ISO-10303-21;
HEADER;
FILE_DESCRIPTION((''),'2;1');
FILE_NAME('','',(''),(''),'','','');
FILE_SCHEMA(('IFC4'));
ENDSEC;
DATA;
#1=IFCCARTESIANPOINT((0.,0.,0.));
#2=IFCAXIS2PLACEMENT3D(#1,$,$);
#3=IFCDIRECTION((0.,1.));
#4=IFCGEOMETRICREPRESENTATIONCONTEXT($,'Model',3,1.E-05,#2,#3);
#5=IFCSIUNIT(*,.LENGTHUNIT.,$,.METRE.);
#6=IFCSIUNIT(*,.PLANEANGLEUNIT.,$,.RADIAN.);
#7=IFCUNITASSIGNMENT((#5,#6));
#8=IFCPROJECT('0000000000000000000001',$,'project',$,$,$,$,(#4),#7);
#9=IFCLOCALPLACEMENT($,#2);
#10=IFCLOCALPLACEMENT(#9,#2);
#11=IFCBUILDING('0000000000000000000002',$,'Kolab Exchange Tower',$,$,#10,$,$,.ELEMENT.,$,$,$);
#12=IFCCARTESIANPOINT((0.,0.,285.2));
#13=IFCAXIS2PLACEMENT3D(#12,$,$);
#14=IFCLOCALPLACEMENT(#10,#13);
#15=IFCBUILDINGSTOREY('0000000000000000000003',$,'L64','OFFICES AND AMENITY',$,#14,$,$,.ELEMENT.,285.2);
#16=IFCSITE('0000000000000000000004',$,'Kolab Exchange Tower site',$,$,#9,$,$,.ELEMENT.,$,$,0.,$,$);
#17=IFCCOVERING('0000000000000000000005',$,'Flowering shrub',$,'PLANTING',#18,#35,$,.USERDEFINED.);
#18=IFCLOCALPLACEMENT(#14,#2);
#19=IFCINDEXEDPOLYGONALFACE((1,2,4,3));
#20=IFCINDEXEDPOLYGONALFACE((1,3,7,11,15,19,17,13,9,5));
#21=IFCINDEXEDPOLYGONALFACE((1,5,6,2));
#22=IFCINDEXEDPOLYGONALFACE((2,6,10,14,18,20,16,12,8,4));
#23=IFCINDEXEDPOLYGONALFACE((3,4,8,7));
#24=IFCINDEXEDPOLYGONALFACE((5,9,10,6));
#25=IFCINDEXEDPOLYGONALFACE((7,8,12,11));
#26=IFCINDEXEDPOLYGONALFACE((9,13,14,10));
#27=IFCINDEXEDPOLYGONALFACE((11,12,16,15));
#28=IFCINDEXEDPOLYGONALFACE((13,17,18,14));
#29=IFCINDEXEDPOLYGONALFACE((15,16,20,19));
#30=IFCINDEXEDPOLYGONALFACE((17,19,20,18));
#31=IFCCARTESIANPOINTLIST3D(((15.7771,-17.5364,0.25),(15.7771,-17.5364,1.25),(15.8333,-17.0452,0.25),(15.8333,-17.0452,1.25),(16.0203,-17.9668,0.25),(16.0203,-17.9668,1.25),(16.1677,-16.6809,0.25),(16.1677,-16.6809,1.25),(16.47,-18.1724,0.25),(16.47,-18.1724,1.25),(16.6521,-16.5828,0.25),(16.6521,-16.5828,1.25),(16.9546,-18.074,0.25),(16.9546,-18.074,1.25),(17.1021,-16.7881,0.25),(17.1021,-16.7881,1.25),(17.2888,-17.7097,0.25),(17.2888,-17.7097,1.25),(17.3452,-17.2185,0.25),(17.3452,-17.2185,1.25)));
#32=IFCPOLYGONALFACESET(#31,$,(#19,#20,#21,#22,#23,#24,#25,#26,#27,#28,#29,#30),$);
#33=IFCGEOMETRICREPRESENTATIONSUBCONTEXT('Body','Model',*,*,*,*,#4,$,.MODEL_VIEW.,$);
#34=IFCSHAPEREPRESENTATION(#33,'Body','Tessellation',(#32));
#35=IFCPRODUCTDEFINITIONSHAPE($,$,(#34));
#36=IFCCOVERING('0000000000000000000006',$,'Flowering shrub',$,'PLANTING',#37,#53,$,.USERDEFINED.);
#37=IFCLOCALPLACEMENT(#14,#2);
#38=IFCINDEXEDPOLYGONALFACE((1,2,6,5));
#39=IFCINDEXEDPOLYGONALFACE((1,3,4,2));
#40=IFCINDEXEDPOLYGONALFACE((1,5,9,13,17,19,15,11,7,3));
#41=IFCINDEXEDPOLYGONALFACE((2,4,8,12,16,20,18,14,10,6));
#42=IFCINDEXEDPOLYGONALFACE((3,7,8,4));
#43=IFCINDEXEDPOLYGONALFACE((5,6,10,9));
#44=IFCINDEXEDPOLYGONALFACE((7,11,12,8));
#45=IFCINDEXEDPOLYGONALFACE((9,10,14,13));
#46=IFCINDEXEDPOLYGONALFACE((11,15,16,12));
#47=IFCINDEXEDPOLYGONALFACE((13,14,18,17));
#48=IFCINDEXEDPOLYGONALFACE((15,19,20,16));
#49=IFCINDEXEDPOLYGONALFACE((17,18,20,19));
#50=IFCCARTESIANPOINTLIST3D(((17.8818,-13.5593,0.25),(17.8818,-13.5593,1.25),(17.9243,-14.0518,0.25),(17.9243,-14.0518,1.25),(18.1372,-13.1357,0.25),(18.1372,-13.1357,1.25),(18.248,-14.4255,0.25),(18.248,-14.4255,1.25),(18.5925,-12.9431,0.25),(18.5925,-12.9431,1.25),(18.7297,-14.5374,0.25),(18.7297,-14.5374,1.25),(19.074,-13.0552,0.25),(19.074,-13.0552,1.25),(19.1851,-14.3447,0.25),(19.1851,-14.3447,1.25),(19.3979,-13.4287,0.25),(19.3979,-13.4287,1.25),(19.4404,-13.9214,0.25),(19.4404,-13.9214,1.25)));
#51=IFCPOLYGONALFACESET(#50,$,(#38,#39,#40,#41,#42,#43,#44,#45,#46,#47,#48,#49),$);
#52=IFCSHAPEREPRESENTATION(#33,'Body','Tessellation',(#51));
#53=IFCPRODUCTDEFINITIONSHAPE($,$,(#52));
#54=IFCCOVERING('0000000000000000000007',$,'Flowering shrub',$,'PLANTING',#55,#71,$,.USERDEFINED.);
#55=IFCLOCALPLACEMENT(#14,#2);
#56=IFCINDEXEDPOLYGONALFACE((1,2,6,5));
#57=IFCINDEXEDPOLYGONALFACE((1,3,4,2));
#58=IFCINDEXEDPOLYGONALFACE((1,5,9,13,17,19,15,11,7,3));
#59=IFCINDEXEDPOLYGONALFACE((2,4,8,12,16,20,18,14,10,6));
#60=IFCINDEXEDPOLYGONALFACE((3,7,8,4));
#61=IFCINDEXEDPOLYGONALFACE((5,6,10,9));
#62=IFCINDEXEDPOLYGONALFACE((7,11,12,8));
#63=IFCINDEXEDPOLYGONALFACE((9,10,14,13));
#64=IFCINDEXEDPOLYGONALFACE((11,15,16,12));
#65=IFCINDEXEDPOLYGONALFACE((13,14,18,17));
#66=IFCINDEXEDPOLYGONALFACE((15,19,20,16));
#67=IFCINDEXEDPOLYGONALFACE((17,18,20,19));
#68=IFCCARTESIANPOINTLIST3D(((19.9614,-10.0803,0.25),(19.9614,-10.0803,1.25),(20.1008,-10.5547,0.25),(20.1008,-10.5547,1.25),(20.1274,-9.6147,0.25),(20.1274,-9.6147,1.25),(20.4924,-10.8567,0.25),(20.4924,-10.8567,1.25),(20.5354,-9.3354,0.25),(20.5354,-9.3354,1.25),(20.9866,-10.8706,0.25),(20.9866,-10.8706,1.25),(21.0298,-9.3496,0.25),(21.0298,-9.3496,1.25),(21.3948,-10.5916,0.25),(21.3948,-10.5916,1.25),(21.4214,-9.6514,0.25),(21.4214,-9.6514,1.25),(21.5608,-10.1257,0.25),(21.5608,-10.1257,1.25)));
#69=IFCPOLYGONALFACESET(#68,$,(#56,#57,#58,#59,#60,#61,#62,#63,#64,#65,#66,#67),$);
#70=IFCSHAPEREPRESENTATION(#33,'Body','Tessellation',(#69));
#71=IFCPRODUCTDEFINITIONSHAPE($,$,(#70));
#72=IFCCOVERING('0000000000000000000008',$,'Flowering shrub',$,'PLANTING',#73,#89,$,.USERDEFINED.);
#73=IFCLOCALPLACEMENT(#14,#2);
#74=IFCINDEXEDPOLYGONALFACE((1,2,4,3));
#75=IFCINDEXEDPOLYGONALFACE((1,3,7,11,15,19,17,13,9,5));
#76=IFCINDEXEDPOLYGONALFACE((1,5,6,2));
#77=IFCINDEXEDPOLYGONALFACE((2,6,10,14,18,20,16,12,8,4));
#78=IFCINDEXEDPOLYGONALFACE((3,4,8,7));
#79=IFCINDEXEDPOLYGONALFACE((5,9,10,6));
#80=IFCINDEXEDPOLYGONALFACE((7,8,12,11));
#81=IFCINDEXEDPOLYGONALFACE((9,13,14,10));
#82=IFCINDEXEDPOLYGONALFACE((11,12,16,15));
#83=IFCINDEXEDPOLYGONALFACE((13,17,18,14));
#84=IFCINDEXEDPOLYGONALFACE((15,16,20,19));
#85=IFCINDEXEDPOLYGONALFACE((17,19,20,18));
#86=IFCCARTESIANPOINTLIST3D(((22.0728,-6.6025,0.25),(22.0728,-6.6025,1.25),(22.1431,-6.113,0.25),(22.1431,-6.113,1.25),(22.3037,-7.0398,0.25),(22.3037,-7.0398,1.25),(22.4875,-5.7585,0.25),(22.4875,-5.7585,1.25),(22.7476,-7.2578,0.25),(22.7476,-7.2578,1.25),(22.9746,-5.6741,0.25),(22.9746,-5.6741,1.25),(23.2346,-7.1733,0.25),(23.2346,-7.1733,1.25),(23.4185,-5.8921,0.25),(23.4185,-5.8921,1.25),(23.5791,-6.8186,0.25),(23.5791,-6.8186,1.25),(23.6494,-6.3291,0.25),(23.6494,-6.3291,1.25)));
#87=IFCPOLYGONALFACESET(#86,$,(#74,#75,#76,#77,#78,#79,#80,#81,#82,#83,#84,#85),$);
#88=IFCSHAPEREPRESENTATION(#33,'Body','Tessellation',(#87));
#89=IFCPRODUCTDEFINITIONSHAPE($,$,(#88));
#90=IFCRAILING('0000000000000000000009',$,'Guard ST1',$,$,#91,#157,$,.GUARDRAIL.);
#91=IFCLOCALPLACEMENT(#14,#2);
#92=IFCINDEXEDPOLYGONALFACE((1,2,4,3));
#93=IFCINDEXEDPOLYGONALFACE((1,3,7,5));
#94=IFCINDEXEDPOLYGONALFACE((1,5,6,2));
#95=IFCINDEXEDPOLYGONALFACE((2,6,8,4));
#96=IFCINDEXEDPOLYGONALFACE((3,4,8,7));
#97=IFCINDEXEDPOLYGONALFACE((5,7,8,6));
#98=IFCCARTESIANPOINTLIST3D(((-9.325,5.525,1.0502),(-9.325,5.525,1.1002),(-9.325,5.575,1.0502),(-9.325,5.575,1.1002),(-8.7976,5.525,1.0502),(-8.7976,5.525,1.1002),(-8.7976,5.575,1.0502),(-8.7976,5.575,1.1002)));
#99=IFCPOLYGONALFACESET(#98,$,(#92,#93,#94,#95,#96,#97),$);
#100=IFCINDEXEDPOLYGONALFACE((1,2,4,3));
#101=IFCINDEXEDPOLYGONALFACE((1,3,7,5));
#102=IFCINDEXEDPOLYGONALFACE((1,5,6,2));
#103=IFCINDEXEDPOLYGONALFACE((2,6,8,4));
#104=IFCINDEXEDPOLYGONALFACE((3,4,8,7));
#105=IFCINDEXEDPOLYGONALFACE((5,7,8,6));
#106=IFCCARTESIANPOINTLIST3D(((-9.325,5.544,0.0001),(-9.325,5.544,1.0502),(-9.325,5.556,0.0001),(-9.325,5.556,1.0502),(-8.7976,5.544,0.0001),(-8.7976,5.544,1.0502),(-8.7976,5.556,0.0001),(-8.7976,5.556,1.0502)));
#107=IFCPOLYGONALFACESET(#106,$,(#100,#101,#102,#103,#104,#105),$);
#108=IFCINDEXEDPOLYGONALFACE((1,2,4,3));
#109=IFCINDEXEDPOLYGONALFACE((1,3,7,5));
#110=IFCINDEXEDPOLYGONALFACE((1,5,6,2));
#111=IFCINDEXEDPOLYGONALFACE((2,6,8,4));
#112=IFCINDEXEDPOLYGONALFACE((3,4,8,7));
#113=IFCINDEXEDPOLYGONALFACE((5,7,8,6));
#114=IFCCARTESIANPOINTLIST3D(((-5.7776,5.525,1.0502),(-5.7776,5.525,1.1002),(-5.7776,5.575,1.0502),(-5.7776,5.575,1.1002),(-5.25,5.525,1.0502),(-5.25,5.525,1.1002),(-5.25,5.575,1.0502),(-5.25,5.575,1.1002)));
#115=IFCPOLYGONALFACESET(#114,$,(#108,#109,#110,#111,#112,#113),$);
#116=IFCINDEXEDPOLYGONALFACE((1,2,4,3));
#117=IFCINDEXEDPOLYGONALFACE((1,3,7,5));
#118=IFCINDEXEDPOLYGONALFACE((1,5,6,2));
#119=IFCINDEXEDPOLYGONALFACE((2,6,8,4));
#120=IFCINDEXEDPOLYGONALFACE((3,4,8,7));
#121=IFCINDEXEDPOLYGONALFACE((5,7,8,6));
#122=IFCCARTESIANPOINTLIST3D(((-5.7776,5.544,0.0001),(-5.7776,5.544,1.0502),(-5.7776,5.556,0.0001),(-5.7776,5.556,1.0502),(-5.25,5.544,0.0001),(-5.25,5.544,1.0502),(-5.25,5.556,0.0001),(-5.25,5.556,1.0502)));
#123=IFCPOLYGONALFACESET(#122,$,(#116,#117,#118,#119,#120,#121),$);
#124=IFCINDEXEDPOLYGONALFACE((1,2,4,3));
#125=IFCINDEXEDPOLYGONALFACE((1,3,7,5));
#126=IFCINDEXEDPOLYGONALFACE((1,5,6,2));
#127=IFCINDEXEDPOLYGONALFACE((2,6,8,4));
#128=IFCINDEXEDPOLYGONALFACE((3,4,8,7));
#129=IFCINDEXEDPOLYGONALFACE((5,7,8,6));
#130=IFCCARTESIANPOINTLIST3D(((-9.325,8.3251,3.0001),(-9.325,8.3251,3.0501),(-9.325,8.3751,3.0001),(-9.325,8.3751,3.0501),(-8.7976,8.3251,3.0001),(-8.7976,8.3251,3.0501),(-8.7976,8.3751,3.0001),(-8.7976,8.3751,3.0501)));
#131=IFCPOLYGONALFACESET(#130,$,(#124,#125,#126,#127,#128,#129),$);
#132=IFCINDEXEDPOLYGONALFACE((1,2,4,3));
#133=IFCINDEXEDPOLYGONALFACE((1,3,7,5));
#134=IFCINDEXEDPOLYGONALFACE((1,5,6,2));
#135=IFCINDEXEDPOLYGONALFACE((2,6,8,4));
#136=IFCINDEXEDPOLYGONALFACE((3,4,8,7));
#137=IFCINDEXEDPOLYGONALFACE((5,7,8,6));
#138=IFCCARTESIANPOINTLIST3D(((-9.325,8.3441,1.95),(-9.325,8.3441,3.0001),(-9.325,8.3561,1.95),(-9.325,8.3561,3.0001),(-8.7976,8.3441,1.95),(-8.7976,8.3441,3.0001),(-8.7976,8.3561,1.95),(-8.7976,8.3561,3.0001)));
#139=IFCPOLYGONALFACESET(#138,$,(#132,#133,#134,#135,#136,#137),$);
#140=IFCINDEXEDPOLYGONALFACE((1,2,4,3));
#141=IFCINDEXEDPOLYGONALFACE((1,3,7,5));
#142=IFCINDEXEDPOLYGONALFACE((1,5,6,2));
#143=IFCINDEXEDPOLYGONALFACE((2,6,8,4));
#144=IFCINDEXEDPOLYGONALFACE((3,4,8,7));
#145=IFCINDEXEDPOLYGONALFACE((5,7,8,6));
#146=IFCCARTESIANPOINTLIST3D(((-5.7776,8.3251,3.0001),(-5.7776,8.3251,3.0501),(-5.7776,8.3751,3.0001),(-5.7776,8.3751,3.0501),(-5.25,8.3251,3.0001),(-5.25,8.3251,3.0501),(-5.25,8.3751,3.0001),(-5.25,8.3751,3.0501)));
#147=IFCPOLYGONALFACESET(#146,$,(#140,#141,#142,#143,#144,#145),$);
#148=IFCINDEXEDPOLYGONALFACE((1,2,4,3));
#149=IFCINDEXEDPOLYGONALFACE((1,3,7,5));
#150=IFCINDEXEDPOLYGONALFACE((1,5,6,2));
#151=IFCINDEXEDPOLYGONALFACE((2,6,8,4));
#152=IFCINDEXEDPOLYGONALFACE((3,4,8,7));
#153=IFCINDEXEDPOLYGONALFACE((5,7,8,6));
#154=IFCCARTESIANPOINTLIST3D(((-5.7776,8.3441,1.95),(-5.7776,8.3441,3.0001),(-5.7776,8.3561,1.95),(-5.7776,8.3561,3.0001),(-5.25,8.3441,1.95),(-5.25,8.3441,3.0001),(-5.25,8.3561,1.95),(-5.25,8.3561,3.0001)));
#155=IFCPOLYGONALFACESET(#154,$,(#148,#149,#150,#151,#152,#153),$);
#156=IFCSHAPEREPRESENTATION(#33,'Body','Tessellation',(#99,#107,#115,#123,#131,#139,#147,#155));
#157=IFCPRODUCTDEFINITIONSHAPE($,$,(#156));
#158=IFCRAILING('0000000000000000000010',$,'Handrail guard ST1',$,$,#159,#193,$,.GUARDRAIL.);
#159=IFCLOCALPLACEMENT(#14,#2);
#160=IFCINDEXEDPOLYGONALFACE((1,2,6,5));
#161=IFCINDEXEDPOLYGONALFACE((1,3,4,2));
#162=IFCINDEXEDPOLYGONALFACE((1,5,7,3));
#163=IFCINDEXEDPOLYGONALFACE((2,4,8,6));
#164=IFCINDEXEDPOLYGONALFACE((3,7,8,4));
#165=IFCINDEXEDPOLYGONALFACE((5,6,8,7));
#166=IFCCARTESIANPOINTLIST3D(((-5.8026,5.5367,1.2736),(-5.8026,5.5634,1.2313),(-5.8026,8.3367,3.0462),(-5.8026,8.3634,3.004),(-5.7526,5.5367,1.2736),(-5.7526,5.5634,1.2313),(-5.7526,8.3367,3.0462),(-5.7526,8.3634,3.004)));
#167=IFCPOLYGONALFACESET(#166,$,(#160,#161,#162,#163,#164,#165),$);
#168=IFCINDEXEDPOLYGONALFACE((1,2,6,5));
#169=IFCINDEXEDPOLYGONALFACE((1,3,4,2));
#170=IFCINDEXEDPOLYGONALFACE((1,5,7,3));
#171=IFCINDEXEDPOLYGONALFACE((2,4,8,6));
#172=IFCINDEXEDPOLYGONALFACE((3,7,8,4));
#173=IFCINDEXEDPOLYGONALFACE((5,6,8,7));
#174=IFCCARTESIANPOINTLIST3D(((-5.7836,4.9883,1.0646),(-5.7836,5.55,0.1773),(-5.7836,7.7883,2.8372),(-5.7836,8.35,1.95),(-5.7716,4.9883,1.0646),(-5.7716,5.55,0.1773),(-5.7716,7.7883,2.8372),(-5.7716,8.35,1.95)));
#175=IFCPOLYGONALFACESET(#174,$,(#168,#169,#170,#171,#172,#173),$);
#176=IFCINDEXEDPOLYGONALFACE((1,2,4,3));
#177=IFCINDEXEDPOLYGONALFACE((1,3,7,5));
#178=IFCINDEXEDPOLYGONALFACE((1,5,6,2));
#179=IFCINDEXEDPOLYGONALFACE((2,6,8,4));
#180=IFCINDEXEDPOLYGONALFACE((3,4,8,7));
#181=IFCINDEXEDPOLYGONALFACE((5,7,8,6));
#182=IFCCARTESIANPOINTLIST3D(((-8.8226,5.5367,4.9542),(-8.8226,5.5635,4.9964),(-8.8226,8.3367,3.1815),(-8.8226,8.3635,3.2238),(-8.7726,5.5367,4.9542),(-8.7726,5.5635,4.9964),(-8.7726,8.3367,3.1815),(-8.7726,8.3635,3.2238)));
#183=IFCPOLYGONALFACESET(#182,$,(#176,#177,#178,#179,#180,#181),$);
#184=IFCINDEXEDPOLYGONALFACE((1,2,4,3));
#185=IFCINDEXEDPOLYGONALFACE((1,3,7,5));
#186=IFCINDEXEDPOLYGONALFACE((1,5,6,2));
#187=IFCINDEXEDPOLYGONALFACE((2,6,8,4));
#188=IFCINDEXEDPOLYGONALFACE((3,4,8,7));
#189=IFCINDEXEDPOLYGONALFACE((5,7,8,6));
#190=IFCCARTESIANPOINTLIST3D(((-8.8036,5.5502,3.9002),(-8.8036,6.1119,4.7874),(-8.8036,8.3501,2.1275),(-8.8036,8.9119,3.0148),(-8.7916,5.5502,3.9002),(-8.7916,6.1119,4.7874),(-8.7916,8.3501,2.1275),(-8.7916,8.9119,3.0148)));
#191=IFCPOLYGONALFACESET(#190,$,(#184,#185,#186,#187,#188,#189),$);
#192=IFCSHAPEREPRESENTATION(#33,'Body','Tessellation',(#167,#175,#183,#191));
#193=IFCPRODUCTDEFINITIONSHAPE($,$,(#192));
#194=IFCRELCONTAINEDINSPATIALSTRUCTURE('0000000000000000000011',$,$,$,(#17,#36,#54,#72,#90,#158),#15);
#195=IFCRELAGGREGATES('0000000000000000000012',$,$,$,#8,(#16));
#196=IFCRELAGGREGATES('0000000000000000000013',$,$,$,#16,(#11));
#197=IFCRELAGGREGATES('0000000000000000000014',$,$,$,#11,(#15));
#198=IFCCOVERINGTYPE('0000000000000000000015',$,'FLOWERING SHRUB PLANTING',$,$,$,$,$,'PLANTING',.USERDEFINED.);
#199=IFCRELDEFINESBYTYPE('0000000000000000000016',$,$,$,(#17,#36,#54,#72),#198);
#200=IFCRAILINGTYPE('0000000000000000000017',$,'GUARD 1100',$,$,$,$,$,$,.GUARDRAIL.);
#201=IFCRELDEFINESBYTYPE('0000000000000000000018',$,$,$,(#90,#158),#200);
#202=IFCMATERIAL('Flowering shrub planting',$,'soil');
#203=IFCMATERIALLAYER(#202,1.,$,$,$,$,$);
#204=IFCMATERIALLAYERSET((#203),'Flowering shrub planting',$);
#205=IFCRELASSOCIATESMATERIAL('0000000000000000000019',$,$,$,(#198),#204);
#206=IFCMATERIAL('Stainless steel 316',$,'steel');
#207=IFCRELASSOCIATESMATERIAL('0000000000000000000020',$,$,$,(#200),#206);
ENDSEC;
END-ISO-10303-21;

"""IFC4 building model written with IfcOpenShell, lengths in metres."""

from ifc_helpers import new_model, si_unit, direction, frame, frame_2d, origin, origin_2d, place, context, subcontext, project, spatial, polyline, rectangle, outline, extrude, material, layer, layer_set, type_object, element, save


model = new_model("IFC4")

# Units and contexts
model_context = context("Model", 3, precision=1e-05, world=origin(), true_north=direction((0.0, 1.0)))
body_context = subcontext(model_context, "Body", "Model", "MODEL_VIEW")
ifc_project = project(units=[si_unit("LENGTHUNIT", "METRE"), si_unit("PLANEANGLEUNIT", "RADIAN")], contexts=[model_context])

# Site, building, storey
site_placement = place(None, origin())
site = spatial("IfcSite", under=ifc_project, at=site_placement, Name="Kolab Exchange Tower site", CompositionType="ELEMENT", RefElevation=0.0)
building_placement = place(site_placement, origin())
building = spatial("IfcBuilding", under=site, at=building_placement, Name="Kolab Exchange Tower", CompositionType="ELEMENT")
storey_placement = place(building_placement, frame((0.0, 0.0, 285.2)))
storey = spatial("IfcBuildingStorey", under=building, at=storey_placement, Name="L64", Description="OFFICES AND AMENITY", CompositionType="ELEMENT", Elevation=285.2)

# Shared definitions
ifc_material_1 = material(Name="Stainless steel 316", Category="steel")

# Coverings
ifc_material_2 = material(Name="Flowering shrub planting", Category="soil")
ifc_layer_1 = layer(ifc_material_2, 1.0)
ifc_layer_set_1 = layer_set([ifc_layer_1], Name="Flowering shrub planting")
covering_type_1 = type_object("IfcCoveringType", Name="FLOWERING SHRUB PLANTING", ElementType="PLANTING", PredefinedType="USERDEFINED", material=ifc_layer_set_1)
covering_1_placement = place(storey_placement, frame((0.0, 0.0, 0.25)))
element("IfcCovering", 1, at=covering_1_placement, inside=storey, type_object=covering_type_1, Name="Flowering shrub", ObjectType="PLANTING", PredefinedType="USERDEFINED", context=body_context, shape_type="SweptSolid", body=[
    extrude(outline(polyline([(17.3452, -17.2185), (17.1021, -16.7881), (16.6521, -16.5828), (16.1677, -16.6809), (15.8333, -17.0452), (15.7771, -17.5364), (16.0203, -17.9668), (16.47, -18.1724), (16.9546, -18.074), (17.2888, -17.7097), (17.3452, -17.2185)])), origin(), (0.0, 0.0, 1.0), 1.0),
])
covering_2_placement = place(storey_placement, frame((0.0, 0.0, 0.25)))
element("IfcCovering", 2, at=covering_2_placement, inside=storey, type_object=covering_type_1, Name="Flowering shrub", ObjectType="PLANTING", PredefinedType="USERDEFINED", context=body_context, shape_type="SweptSolid", body=[
    extrude(outline(polyline([(19.3979, -13.4287), (19.074, -13.0552), (18.5925, -12.9431), (18.1372, -13.1357), (17.8818, -13.5593), (17.9243, -14.0518), (18.248, -14.4255), (18.7297, -14.5374), (19.1851, -14.3447), (19.4404, -13.9214), (19.3979, -13.4287)])), origin(), (0.0, 0.0, 1.0), 1.0),
])
covering_3_placement = place(storey_placement, frame((0.0, 0.0, 0.25)))
element("IfcCovering", 3, at=covering_3_placement, inside=storey, type_object=covering_type_1, Name="Flowering shrub", ObjectType="PLANTING", PredefinedType="USERDEFINED", context=body_context, shape_type="SweptSolid", body=[
    extrude(outline(polyline([(21.4214, -9.6514), (21.0298, -9.3496), (20.5354, -9.3354), (20.1274, -9.6147), (19.9614, -10.0803), (20.1008, -10.5547), (20.4924, -10.8567), (20.9866, -10.8706), (21.3948, -10.5916), (21.5608, -10.1257), (21.4214, -9.6514)])), origin(), (0.0, 0.0, 1.0), 1.0),
])
covering_4_placement = place(storey_placement, frame((0.0, 0.0, 0.25)))
element("IfcCovering", 4, at=covering_4_placement, inside=storey, type_object=covering_type_1, Name="Flowering shrub", ObjectType="PLANTING", PredefinedType="USERDEFINED", context=body_context, shape_type="SweptSolid", body=[
    extrude(outline(polyline([(23.4185, -5.8921), (22.9746, -5.6741), (22.4875, -5.7585), (22.1431, -6.113), (22.0728, -6.6025), (22.3037, -7.0398), (22.7476, -7.2578), (23.2346, -7.1733), (23.5791, -6.8186), (23.6494, -6.3291), (23.4185, -5.8921)])), origin(), (0.0, 0.0, 1.0), 1.0),
])

# Railings
railing_type = type_object("IfcRailingType", Name="GUARD 1100", PredefinedType="GUARDRAIL", material=ifc_material_1)
railing_1_placement = place(storey_placement, frame((-9.325, 5.55, 0.0)))
element("IfcRailing", 5, at=railing_1_placement, inside=storey, type_object=railing_type, Name="Guard ST1", PredefinedType="GUARDRAIL", context=body_context, shape_type="SweptSolid", body=[
    extrude(rectangle(XDim=0.05, YDim=0.05, at=origin_2d()), frame((0.0, 0.0, 1.0752), z_axis=(1.0, 0.0, 0.0), x_axis=(0.0, 1.0, 0.0)), (0.0, 0.0, 1.0), 0.5273),
    extrude(rectangle(XDim=0.012, YDim=1.0501, at=frame_2d((0.0, 0.5251))), frame((0.0, 0.0, 0.0), z_axis=(1.0, 0.0, 0.0), x_axis=(0.0, 1.0, 0.0)), (0.0, 0.0, 1.0), 0.5273),
    extrude(rectangle(XDim=0.05, YDim=0.05, at=origin_2d()), frame((3.5474, 0.0, 1.0752), z_axis=(1.0, 0.0, 0.0), x_axis=(0.0, 1.0, 0.0)), (0.0, 0.0, 1.0), 0.5276),
    extrude(rectangle(XDim=0.012, YDim=1.0501, at=frame_2d((0.0, 0.5251))), frame((3.5474, 0.0, 0.0), z_axis=(1.0, 0.0, 0.0), x_axis=(0.0, 1.0, 0.0)), (0.0, 0.0, 1.0), 0.5276),
    extrude(rectangle(XDim=0.05, YDim=0.05, at=origin_2d()), frame((0.0, 2.8, 3.0251), z_axis=(1.0, 0.0, 0.0), x_axis=(0.0, 1.0, 0.0)), (0.0, 0.0, 1.0), 0.5273),
    extrude(rectangle(XDim=0.012, YDim=1.0501, at=frame_2d((0.0, 0.5251))), frame((0.0, 2.8, 1.95), z_axis=(1.0, 0.0, 0.0), x_axis=(0.0, 1.0, 0.0)), (0.0, 0.0, 1.0), 0.5273),
    extrude(rectangle(XDim=0.05, YDim=0.05, at=origin_2d()), frame((3.5474, 2.8, 3.0251), z_axis=(1.0, 0.0, 0.0), x_axis=(0.0, 1.0, 0.0)), (0.0, 0.0, 1.0), 0.5276),
    extrude(rectangle(XDim=0.012, YDim=1.0501, at=frame_2d((0.0, 0.5251))), frame((3.5474, 2.8, 1.95), z_axis=(1.0, 0.0, 0.0), x_axis=(0.0, 1.0, 0.0)), (0.0, 0.0, 1.0), 0.5276),
])
railing_2_placement = place(storey_placement, frame((-5.7776, 5.55, 0.1772)))
element("IfcRailing", 6, at=railing_2_placement, inside=storey, type_object=railing_type, Name="Handrail guard ST1", PredefinedType="GUARDRAIL", context=body_context, shape_type="SweptSolid", body=[
    extrude(rectangle(XDim=0.05, YDim=0.05, at=origin_2d()), frame((0.0, 0.0, 1.0752), z_axis=(0.0, 0.844909, 0.53491), x_axis=(-1.0, 0.0, 0.0)), (0.0, 0.0, 1.0), 3.314),
    extrude(rectangle(XDim=0.012, YDim=1.0501, at=frame_2d((0.0, 0.5251))), frame((0.0, 0.0, 0.0), z_axis=(0.0, 0.844909, 0.53491), x_axis=(-1.0, 0.0, 0.0)), (0.0, 0.0, 1.0), 3.314),
    extrude(rectangle(XDim=0.05, YDim=0.05, at=origin_2d()), frame((-3.02, 2.8, 3.0254), z_axis=(0.0, -0.844909, 0.53491), x_axis=(1.0, 0.0, 0.0)), (0.0, 0.0, 1.0), 3.314),
    extrude(rectangle(XDim=0.012, YDim=1.0501, at=frame_2d((0.0, 0.5251))), frame((-3.02, 2.8, 1.9502), z_axis=(0.0, -0.844909, 0.53491), x_axis=(1.0, 0.0, 0.0)), (0.0, 0.0, 1.0), 3.314),
])

save(model, "model.ifc")
